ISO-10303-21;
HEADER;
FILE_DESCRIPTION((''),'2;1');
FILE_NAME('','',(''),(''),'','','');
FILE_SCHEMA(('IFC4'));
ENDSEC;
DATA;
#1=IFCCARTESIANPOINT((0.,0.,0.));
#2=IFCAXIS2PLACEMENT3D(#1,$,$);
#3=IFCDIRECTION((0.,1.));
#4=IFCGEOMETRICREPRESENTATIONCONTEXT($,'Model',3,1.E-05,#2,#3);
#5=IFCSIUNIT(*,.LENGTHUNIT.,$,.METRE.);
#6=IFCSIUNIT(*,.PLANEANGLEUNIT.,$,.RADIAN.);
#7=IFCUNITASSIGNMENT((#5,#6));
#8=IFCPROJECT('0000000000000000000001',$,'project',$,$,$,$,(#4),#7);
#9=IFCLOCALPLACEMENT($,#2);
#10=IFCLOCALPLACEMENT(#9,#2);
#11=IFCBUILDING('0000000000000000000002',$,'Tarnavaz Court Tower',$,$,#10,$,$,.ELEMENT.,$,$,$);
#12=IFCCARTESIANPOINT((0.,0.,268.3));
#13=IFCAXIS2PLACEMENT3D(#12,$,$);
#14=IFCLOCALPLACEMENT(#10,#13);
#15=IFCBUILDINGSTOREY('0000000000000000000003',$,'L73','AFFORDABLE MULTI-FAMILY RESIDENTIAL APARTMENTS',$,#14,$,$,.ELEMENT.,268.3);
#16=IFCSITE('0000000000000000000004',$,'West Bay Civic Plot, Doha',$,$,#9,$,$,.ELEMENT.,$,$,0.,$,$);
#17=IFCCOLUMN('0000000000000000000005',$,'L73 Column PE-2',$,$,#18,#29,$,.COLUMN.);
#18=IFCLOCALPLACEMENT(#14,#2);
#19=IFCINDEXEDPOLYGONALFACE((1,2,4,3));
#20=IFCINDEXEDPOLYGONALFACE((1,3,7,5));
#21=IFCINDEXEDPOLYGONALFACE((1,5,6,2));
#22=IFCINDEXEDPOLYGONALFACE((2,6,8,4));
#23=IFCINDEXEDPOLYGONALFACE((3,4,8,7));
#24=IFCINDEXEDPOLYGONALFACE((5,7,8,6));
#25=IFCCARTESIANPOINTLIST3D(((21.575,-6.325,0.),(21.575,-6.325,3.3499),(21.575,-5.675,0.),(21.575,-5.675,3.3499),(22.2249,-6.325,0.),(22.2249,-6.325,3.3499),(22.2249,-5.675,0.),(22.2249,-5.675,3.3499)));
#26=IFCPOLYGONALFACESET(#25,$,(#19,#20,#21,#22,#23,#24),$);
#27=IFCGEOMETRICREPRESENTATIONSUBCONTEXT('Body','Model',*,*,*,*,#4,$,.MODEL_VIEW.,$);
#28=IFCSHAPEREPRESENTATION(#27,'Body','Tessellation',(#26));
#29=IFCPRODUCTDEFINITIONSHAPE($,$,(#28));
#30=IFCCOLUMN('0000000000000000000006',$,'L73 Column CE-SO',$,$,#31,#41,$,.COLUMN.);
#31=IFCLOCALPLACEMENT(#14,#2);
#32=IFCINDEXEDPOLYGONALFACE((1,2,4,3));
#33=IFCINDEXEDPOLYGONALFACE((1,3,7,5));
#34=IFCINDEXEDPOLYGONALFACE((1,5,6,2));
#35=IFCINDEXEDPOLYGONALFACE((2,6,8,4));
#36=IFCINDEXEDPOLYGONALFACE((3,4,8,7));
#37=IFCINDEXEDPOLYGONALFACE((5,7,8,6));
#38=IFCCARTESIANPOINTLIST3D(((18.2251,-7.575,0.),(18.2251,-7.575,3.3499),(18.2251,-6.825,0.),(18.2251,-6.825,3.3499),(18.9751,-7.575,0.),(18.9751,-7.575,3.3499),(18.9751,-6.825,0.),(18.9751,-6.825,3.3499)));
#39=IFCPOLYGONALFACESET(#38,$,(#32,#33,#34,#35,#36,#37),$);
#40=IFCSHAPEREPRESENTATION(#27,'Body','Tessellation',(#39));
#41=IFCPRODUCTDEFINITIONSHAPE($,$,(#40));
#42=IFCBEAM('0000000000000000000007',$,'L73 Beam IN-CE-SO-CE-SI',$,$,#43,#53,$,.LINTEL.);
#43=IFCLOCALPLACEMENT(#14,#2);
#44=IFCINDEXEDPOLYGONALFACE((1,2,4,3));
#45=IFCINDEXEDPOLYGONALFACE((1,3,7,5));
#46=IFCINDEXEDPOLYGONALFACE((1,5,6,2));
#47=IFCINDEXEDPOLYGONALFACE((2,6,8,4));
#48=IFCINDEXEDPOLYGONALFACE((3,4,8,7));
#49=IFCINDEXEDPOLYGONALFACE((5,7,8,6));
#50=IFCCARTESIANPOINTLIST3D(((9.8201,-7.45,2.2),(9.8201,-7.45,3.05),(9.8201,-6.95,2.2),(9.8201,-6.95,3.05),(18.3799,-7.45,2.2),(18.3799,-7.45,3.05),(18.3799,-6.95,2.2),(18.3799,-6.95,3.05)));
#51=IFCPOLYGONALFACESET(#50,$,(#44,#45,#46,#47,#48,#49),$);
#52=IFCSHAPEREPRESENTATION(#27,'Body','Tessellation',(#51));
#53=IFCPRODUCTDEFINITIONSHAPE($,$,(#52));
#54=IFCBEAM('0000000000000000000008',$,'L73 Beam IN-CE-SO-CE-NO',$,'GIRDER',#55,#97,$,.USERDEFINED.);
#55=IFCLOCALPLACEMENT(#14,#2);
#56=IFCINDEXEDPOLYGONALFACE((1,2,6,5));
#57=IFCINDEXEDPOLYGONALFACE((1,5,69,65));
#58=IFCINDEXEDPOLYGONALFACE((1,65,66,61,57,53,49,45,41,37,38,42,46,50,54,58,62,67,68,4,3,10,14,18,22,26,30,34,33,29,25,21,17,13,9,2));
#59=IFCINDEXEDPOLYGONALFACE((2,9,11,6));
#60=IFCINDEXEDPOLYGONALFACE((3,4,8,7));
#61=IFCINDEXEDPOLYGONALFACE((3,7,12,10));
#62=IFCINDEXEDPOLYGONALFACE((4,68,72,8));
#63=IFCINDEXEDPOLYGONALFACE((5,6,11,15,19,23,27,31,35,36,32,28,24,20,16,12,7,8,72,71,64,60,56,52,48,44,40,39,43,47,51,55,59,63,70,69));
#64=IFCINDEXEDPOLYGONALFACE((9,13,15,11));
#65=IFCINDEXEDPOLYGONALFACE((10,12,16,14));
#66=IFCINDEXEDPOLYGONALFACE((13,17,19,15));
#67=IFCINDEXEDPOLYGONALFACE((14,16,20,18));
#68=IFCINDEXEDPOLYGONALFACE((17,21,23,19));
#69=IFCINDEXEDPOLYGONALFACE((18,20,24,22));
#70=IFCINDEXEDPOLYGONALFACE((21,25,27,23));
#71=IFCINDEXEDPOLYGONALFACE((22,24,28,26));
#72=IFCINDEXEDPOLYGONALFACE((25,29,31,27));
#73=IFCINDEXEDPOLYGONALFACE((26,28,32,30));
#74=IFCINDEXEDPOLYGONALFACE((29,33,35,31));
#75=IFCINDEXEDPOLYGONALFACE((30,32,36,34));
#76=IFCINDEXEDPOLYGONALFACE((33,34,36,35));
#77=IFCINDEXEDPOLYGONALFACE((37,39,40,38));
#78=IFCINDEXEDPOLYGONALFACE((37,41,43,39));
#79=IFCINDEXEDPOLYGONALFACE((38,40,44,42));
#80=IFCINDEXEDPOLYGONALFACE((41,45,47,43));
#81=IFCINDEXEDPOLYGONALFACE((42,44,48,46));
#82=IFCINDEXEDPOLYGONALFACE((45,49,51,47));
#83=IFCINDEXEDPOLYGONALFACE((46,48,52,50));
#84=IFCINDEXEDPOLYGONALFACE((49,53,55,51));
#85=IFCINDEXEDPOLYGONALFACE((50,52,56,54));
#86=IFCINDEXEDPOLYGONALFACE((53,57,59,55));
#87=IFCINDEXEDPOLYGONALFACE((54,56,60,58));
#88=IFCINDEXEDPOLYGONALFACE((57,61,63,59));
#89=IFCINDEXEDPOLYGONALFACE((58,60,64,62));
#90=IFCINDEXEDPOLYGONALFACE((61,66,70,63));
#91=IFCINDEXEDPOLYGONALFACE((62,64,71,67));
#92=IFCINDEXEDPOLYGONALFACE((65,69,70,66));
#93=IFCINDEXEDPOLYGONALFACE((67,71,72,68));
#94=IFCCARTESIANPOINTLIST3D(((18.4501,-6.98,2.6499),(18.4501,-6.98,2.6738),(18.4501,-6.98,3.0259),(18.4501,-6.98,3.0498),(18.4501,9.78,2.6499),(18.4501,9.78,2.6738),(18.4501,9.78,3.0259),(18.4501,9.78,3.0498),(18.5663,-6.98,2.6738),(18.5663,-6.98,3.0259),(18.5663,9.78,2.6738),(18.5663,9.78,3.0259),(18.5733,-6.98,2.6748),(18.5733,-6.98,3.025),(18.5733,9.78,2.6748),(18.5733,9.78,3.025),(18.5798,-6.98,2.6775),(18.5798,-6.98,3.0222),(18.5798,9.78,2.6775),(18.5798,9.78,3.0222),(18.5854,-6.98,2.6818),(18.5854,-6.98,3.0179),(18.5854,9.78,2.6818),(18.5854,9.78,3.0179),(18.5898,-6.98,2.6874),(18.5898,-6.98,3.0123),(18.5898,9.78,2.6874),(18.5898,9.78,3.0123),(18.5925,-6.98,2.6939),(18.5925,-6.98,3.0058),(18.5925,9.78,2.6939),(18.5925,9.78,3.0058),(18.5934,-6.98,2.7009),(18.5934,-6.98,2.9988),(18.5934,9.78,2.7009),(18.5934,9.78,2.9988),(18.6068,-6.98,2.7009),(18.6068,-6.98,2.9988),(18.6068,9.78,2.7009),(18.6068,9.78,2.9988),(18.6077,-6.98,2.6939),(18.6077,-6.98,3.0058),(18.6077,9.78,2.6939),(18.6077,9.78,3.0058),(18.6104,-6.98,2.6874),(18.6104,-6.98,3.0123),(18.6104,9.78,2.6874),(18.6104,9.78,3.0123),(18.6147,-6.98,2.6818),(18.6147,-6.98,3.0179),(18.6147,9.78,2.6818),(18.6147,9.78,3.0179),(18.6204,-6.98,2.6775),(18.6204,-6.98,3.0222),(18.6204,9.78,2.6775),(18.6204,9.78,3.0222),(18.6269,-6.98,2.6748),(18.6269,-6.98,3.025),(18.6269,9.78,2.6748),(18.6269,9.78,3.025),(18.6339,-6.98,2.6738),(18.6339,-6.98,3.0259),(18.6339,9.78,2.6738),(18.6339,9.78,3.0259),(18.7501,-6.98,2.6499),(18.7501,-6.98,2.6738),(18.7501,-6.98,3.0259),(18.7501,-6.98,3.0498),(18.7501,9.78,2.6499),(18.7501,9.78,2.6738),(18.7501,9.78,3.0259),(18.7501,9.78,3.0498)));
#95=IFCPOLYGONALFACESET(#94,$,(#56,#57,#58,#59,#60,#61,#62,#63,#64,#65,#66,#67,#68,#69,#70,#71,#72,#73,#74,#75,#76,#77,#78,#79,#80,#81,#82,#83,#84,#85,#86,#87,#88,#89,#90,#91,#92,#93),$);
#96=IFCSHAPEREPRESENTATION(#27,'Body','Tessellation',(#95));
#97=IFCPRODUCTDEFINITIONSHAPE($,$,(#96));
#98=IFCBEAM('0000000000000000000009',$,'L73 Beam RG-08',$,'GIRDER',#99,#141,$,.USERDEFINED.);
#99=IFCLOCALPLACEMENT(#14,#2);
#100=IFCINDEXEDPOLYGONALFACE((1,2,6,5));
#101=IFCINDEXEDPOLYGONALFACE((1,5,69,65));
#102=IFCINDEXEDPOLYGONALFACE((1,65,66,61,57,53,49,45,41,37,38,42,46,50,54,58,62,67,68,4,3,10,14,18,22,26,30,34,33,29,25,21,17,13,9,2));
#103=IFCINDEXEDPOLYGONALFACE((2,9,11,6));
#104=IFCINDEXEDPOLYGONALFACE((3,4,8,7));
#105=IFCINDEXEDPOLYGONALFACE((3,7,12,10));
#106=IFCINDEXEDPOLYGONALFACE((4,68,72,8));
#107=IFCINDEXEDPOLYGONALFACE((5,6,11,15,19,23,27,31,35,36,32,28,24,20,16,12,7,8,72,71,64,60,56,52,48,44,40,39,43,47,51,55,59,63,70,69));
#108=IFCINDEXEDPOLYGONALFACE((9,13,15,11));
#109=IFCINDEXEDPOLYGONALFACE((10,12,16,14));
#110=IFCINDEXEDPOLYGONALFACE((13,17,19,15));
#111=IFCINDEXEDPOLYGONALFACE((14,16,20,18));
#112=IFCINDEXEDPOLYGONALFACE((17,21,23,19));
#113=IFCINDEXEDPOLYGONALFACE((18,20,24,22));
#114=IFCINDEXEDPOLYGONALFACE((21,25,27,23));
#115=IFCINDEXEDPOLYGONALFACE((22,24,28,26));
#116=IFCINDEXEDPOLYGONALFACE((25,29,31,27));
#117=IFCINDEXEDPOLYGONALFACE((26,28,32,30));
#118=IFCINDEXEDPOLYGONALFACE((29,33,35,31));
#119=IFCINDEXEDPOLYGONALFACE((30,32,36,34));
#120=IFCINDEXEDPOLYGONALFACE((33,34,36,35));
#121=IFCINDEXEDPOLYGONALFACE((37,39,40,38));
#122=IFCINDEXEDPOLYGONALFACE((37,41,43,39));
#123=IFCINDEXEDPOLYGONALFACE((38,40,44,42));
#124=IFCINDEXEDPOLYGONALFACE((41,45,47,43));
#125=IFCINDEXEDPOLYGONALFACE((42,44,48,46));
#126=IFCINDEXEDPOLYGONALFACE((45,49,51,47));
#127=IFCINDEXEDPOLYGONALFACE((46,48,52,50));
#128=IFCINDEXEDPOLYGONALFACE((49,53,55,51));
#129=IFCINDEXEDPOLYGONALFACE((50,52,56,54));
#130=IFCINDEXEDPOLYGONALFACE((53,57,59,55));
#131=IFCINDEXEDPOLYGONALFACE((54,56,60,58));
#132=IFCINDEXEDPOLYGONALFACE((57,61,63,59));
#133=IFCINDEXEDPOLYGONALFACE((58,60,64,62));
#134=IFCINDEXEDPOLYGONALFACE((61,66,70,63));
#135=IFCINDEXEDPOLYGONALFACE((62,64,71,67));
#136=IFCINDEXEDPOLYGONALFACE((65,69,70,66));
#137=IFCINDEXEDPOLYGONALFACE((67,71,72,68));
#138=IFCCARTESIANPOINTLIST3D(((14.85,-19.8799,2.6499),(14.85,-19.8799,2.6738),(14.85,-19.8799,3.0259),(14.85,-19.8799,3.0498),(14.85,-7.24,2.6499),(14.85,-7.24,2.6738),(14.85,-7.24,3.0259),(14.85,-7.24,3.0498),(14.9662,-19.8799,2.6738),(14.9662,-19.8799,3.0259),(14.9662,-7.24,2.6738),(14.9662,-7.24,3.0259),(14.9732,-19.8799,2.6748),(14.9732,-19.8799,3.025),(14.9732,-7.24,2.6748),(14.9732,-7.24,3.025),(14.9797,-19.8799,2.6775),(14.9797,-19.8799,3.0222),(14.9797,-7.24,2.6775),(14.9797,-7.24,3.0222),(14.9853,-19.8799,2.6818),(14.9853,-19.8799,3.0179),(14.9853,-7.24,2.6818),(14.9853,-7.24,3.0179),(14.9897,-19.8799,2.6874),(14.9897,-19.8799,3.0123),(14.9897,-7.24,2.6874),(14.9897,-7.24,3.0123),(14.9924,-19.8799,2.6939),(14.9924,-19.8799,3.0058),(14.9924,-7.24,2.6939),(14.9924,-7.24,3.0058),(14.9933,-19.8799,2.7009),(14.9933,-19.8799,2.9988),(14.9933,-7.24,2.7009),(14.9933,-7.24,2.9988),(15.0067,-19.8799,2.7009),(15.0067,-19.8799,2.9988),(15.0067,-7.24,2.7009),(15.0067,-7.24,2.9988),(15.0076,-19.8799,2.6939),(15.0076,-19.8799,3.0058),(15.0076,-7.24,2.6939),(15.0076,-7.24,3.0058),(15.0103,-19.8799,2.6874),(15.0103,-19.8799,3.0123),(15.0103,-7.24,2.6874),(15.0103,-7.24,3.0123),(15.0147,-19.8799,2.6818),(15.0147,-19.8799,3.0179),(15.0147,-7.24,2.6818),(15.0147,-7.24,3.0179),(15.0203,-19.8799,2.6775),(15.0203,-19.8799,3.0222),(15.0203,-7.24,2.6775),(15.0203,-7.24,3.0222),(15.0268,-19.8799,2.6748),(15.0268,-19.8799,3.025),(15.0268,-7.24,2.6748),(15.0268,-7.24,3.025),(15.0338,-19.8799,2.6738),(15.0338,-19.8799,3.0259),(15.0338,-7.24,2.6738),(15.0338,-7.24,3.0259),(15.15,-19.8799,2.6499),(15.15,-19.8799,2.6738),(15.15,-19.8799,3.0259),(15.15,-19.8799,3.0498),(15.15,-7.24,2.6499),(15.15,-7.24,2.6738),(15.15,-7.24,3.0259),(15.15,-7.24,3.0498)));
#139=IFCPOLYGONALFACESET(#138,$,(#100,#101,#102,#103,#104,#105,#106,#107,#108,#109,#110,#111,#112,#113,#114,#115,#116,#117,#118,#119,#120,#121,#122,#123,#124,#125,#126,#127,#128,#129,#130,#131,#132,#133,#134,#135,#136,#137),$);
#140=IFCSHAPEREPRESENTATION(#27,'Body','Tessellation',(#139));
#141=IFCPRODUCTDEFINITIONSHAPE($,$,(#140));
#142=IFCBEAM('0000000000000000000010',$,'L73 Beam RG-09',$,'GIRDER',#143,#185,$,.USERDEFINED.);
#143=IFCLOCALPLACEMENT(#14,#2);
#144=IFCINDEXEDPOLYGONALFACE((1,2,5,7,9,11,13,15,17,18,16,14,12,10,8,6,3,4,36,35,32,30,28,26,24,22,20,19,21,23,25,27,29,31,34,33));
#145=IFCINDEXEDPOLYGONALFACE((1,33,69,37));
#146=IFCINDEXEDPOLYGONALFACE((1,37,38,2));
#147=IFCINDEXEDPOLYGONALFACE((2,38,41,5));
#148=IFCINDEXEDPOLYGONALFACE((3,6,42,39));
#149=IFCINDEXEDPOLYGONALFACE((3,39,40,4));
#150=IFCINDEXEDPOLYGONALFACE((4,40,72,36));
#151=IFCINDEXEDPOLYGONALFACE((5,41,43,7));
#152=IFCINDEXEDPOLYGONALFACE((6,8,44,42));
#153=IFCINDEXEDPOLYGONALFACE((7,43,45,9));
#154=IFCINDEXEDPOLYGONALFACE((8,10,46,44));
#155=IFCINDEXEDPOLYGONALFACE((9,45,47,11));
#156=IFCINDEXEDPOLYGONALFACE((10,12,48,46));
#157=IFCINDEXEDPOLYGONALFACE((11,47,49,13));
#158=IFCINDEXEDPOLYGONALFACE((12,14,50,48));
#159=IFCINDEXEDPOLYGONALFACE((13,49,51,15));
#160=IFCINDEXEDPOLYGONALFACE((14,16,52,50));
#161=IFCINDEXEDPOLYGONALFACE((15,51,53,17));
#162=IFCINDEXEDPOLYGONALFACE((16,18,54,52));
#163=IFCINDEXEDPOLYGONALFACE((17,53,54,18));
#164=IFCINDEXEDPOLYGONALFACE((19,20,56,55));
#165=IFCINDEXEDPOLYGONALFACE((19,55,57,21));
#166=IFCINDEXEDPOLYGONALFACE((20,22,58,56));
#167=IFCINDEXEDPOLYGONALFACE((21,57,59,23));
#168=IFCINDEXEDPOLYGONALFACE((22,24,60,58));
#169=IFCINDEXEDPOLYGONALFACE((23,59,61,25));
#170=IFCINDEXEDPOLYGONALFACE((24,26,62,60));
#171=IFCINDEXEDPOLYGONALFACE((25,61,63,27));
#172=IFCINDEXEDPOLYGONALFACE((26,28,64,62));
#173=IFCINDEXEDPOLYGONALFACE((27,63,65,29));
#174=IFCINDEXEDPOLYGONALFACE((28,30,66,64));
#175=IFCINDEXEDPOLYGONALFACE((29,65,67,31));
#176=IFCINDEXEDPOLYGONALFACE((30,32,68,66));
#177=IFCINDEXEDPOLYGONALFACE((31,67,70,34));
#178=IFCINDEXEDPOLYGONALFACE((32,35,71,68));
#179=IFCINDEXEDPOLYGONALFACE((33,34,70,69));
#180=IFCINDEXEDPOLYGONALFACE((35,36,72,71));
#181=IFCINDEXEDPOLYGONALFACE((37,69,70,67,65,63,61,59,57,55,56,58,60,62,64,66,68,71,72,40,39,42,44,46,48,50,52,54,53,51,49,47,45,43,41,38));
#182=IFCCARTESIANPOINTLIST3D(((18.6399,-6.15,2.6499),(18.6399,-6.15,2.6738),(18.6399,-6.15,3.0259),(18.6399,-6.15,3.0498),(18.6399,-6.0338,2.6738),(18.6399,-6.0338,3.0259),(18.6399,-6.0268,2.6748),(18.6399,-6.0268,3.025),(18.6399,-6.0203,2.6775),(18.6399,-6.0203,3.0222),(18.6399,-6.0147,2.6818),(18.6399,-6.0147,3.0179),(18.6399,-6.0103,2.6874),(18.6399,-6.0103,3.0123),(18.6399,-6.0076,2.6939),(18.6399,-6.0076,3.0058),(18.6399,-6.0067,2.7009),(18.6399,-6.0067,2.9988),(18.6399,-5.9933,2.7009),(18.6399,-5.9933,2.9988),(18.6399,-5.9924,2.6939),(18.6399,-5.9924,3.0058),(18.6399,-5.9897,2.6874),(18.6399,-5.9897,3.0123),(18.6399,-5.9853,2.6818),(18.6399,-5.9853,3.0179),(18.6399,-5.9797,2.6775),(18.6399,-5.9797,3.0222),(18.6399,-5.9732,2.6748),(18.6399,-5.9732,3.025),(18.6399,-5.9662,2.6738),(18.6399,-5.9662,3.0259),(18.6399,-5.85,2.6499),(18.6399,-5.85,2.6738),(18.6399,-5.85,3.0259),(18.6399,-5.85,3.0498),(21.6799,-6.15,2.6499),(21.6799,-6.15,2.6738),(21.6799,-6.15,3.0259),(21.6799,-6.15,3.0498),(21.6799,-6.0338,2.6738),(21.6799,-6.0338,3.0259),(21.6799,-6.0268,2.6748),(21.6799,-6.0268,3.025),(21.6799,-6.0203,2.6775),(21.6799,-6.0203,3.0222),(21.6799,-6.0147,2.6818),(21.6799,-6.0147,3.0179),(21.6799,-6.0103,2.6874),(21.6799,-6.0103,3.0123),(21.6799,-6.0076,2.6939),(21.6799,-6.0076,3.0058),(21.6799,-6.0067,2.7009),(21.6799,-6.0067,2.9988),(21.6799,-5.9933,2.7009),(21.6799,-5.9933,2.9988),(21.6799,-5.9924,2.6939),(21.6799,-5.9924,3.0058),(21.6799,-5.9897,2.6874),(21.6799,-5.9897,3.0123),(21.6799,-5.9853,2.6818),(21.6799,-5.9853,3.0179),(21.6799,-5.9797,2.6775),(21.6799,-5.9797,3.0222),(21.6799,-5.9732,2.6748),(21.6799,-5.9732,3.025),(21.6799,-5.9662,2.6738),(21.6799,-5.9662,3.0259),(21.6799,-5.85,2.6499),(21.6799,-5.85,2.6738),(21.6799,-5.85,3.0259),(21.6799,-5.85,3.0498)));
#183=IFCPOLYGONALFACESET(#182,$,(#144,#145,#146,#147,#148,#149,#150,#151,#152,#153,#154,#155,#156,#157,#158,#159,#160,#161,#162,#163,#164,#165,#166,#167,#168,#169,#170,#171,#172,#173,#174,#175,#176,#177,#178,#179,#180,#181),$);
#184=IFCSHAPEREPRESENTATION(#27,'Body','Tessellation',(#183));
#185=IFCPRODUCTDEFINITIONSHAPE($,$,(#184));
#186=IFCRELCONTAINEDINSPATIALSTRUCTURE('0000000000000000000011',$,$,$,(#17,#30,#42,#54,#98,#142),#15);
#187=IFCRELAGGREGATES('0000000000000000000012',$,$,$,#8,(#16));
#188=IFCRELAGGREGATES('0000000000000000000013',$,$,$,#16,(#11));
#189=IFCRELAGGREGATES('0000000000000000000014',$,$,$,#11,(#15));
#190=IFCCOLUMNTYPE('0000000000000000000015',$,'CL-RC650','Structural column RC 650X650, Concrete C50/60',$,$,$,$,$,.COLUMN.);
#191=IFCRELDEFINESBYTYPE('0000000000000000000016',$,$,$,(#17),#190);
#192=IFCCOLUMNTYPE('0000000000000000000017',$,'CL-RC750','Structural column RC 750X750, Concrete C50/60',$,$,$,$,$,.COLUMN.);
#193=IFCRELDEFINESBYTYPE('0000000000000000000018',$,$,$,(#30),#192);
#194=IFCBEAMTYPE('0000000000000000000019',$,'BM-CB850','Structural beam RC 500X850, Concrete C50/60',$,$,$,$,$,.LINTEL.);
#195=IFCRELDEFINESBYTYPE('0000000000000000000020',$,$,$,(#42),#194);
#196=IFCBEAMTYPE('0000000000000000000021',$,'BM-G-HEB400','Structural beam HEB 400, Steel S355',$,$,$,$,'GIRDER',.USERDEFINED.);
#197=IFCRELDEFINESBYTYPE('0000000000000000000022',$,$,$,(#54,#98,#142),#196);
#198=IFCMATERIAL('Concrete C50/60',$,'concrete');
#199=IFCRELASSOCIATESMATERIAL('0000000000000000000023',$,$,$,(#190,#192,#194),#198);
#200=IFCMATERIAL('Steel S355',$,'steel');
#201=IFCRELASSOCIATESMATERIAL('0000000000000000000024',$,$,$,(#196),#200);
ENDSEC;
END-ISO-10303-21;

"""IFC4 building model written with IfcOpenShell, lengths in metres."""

from ifc_helpers import new_model, si_unit, direction, frame, origin, origin_2d, place, context, subcontext, project, spatial, rectangle, i_section, extrude, material, material_profile, profile_set, type_object, element, save


model = new_model("IFC4")

# Units and contexts
model_context = context("Model", 3, precision=1e-05, world=origin(), true_north=direction((0.0, 1.0)))
body_context = subcontext(model_context, "Body", "Model", "MODEL_VIEW")
ifc_project = project(units=[si_unit("LENGTHUNIT", "METRE"), si_unit("PLANEANGLEUNIT", "RADIAN")], contexts=[model_context])

# Site, building, storey
site_placement = place(None, origin())
site = spatial("IfcSite", under=ifc_project, at=site_placement, Name="West Bay Civic Plot, Doha", CompositionType="ELEMENT", RefElevation=0.0)
building_placement = place(site_placement, origin())
building = spatial("IfcBuilding", under=site, at=building_placement, Name="Tarnavaz Court Tower", CompositionType="ELEMENT")
storey_placement = place(building_placement, frame((0.0, 0.0, 268.3)))
storey = spatial("IfcBuildingStorey", under=building, at=storey_placement, Name="L73", Description="AFFORDABLE MULTI-FAMILY RESIDENTIAL APARTMENTS", CompositionType="ELEMENT", Elevation=268.3)

# Columns
ifc_material_1 = material(Name="Concrete C50/60", Category="concrete")
ifc_material_profile_1 = material_profile(ifc_material_1, rectangle(XDim=0.6499, YDim=0.6499, at=origin_2d()), Name="RC 650X650")
ifc_profile_set_1 = profile_set([ifc_material_profile_1], Name="Concrete C50/60")
column_type_1 = type_object("IfcColumnType", Name="CL-RC650", Description="Structural column RC 650X650, Concrete C50/60", PredefinedType="COLUMN", material=ifc_profile_set_1)
column_1_placement = place(storey_placement, frame((21.8999, -6.0, 0.0), z_axis=(0.0, 0.0, 1.0), x_axis=(1.0, 0.0, 0.0)))
element("IfcColumn", 1, at=column_1_placement, inside=storey, type_object=column_type_1, Name="L73 Column PE-2", PredefinedType="COLUMN", context=body_context, shape_type="SweptSolid", body=[
    extrude(rectangle(XDim=0.6499, YDim=0.6499, at=origin_2d()), origin(), (0.0, 0.0, 1.0), 3.3499),
])
ifc_material_profile_2 = material_profile(ifc_material_1, rectangle(XDim=0.75, YDim=0.75, at=origin_2d()), Name="RC 750X750")
ifc_profile_set_2 = profile_set([ifc_material_profile_2], Name="Concrete C50/60")
column_type_2 = type_object("IfcColumnType", Name="CL-RC750", Description="Structural column RC 750X750, Concrete C50/60", PredefinedType="COLUMN", material=ifc_profile_set_2)
column_2_placement = place(storey_placement, frame((18.6001, -7.2, 0.0), z_axis=(0.0, 0.0, 1.0), x_axis=(1.0, 0.0, 0.0)))
element("IfcColumn", 2, at=column_2_placement, inside=storey, type_object=column_type_2, Name="L73 Column CE-SO", PredefinedType="COLUMN", context=body_context, shape_type="SweptSolid", body=[
    extrude(rectangle(XDim=0.75, YDim=0.75, at=origin_2d()), origin(), (0.0, 0.0, 1.0), 3.3499),
])

# Beams
ifc_material_profile_3 = material_profile(ifc_material_1, rectangle(XDim=0.5, YDim=0.8501, at=origin_2d()), Name="RC 500X850")
ifc_profile_set_3 = profile_set([ifc_material_profile_3], Name="Concrete C50/60")
beam_type_1 = type_object("IfcBeamType", Name="BM-CB850", Description="Structural beam RC 500X850, Concrete C50/60", PredefinedType="LINTEL", material=ifc_profile_set_3)
beam_1_placement = place(storey_placement, frame((18.3799, -7.2, 2.625), z_axis=(-1.0, 0.0, 0.0), x_axis=(0.0, -1.0, 0.0)))
element("IfcBeam", 3, at=beam_1_placement, inside=storey, type_object=beam_type_1, Name="L73 Beam IN-CE-SO-CE-SI", PredefinedType="LINTEL", context=body_context, shape_type="SweptSolid", body=[
    extrude(rectangle(XDim=0.5, YDim=0.8501, at=origin_2d()), origin(), (0.0, 0.0, 1.0), 8.5598),
])
ifc_material_2 = material(Name="Steel S355", Category="steel")
ifc_material_profile_4 = material_profile(ifc_material_2, i_section(OverallWidth=0.3, OverallDepth=0.3999, WebThickness=0.0134, FlangeThickness=0.0239, FilletRadius=0.0271, at=origin_2d()), Name="HEB 400")
ifc_profile_set_4 = profile_set([ifc_material_profile_4], Name="Steel S355")
beam_type_2 = type_object("IfcBeamType", Name="BM-G-HEB400", Description="Structural beam HEB 400, Steel S355", ElementType="GIRDER", PredefinedType="USERDEFINED", material=ifc_profile_set_4)
beam_2_placement = place(storey_placement, frame((18.6001, -6.98, 2.8499), z_axis=(0.0, 1.0, 0.0), x_axis=(-1.0, 0.0, 0.0)))
element("IfcBeam", 4, at=beam_2_placement, inside=storey, type_object=beam_type_2, Name="L73 Beam IN-CE-SO-CE-NO", ObjectType="GIRDER", PredefinedType="USERDEFINED", context=body_context, shape_type="SweptSolid", body=[
    extrude(i_section(OverallWidth=0.3, OverallDepth=0.3999, WebThickness=0.0134, FlangeThickness=0.0239, FilletRadius=0.0271, at=origin_2d()), origin(), (0.0, 0.0, 1.0), 16.76),
])
beam_3_placement = place(storey_placement, frame((15.0, -7.24, 2.8499), z_axis=(0.0, -1.0, 0.0), x_axis=(1.0, 0.0, 0.0)))
element("IfcBeam", 5, at=beam_3_placement, inside=storey, type_object=beam_type_2, Name="L73 Beam RG-08", ObjectType="GIRDER", PredefinedType="USERDEFINED", context=body_context, shape_type="SweptSolid", body=[
    extrude(i_section(OverallWidth=0.3, OverallDepth=0.3999, WebThickness=0.0134, FlangeThickness=0.0239, FilletRadius=0.0271, at=origin_2d()), origin(), (0.0, 0.0, 1.0), 12.6399),
])
beam_4_placement = place(storey_placement, frame((18.6399, -6.0, 2.8499), z_axis=(1.0, 0.0, 0.0), x_axis=(0.0, 1.0, 0.0)))
element("IfcBeam", 6, at=beam_4_placement, inside=storey, type_object=beam_type_2, Name="L73 Beam RG-09", ObjectType="GIRDER", PredefinedType="USERDEFINED", context=body_context, shape_type="SweptSolid", body=[
    extrude(i_section(OverallWidth=0.3, OverallDepth=0.3999, WebThickness=0.0134, FlangeThickness=0.0239, FilletRadius=0.0271, at=origin_2d()), origin(), (0.0, 0.0, 1.0), 3.04),
])

save(model, "model.ifc")
